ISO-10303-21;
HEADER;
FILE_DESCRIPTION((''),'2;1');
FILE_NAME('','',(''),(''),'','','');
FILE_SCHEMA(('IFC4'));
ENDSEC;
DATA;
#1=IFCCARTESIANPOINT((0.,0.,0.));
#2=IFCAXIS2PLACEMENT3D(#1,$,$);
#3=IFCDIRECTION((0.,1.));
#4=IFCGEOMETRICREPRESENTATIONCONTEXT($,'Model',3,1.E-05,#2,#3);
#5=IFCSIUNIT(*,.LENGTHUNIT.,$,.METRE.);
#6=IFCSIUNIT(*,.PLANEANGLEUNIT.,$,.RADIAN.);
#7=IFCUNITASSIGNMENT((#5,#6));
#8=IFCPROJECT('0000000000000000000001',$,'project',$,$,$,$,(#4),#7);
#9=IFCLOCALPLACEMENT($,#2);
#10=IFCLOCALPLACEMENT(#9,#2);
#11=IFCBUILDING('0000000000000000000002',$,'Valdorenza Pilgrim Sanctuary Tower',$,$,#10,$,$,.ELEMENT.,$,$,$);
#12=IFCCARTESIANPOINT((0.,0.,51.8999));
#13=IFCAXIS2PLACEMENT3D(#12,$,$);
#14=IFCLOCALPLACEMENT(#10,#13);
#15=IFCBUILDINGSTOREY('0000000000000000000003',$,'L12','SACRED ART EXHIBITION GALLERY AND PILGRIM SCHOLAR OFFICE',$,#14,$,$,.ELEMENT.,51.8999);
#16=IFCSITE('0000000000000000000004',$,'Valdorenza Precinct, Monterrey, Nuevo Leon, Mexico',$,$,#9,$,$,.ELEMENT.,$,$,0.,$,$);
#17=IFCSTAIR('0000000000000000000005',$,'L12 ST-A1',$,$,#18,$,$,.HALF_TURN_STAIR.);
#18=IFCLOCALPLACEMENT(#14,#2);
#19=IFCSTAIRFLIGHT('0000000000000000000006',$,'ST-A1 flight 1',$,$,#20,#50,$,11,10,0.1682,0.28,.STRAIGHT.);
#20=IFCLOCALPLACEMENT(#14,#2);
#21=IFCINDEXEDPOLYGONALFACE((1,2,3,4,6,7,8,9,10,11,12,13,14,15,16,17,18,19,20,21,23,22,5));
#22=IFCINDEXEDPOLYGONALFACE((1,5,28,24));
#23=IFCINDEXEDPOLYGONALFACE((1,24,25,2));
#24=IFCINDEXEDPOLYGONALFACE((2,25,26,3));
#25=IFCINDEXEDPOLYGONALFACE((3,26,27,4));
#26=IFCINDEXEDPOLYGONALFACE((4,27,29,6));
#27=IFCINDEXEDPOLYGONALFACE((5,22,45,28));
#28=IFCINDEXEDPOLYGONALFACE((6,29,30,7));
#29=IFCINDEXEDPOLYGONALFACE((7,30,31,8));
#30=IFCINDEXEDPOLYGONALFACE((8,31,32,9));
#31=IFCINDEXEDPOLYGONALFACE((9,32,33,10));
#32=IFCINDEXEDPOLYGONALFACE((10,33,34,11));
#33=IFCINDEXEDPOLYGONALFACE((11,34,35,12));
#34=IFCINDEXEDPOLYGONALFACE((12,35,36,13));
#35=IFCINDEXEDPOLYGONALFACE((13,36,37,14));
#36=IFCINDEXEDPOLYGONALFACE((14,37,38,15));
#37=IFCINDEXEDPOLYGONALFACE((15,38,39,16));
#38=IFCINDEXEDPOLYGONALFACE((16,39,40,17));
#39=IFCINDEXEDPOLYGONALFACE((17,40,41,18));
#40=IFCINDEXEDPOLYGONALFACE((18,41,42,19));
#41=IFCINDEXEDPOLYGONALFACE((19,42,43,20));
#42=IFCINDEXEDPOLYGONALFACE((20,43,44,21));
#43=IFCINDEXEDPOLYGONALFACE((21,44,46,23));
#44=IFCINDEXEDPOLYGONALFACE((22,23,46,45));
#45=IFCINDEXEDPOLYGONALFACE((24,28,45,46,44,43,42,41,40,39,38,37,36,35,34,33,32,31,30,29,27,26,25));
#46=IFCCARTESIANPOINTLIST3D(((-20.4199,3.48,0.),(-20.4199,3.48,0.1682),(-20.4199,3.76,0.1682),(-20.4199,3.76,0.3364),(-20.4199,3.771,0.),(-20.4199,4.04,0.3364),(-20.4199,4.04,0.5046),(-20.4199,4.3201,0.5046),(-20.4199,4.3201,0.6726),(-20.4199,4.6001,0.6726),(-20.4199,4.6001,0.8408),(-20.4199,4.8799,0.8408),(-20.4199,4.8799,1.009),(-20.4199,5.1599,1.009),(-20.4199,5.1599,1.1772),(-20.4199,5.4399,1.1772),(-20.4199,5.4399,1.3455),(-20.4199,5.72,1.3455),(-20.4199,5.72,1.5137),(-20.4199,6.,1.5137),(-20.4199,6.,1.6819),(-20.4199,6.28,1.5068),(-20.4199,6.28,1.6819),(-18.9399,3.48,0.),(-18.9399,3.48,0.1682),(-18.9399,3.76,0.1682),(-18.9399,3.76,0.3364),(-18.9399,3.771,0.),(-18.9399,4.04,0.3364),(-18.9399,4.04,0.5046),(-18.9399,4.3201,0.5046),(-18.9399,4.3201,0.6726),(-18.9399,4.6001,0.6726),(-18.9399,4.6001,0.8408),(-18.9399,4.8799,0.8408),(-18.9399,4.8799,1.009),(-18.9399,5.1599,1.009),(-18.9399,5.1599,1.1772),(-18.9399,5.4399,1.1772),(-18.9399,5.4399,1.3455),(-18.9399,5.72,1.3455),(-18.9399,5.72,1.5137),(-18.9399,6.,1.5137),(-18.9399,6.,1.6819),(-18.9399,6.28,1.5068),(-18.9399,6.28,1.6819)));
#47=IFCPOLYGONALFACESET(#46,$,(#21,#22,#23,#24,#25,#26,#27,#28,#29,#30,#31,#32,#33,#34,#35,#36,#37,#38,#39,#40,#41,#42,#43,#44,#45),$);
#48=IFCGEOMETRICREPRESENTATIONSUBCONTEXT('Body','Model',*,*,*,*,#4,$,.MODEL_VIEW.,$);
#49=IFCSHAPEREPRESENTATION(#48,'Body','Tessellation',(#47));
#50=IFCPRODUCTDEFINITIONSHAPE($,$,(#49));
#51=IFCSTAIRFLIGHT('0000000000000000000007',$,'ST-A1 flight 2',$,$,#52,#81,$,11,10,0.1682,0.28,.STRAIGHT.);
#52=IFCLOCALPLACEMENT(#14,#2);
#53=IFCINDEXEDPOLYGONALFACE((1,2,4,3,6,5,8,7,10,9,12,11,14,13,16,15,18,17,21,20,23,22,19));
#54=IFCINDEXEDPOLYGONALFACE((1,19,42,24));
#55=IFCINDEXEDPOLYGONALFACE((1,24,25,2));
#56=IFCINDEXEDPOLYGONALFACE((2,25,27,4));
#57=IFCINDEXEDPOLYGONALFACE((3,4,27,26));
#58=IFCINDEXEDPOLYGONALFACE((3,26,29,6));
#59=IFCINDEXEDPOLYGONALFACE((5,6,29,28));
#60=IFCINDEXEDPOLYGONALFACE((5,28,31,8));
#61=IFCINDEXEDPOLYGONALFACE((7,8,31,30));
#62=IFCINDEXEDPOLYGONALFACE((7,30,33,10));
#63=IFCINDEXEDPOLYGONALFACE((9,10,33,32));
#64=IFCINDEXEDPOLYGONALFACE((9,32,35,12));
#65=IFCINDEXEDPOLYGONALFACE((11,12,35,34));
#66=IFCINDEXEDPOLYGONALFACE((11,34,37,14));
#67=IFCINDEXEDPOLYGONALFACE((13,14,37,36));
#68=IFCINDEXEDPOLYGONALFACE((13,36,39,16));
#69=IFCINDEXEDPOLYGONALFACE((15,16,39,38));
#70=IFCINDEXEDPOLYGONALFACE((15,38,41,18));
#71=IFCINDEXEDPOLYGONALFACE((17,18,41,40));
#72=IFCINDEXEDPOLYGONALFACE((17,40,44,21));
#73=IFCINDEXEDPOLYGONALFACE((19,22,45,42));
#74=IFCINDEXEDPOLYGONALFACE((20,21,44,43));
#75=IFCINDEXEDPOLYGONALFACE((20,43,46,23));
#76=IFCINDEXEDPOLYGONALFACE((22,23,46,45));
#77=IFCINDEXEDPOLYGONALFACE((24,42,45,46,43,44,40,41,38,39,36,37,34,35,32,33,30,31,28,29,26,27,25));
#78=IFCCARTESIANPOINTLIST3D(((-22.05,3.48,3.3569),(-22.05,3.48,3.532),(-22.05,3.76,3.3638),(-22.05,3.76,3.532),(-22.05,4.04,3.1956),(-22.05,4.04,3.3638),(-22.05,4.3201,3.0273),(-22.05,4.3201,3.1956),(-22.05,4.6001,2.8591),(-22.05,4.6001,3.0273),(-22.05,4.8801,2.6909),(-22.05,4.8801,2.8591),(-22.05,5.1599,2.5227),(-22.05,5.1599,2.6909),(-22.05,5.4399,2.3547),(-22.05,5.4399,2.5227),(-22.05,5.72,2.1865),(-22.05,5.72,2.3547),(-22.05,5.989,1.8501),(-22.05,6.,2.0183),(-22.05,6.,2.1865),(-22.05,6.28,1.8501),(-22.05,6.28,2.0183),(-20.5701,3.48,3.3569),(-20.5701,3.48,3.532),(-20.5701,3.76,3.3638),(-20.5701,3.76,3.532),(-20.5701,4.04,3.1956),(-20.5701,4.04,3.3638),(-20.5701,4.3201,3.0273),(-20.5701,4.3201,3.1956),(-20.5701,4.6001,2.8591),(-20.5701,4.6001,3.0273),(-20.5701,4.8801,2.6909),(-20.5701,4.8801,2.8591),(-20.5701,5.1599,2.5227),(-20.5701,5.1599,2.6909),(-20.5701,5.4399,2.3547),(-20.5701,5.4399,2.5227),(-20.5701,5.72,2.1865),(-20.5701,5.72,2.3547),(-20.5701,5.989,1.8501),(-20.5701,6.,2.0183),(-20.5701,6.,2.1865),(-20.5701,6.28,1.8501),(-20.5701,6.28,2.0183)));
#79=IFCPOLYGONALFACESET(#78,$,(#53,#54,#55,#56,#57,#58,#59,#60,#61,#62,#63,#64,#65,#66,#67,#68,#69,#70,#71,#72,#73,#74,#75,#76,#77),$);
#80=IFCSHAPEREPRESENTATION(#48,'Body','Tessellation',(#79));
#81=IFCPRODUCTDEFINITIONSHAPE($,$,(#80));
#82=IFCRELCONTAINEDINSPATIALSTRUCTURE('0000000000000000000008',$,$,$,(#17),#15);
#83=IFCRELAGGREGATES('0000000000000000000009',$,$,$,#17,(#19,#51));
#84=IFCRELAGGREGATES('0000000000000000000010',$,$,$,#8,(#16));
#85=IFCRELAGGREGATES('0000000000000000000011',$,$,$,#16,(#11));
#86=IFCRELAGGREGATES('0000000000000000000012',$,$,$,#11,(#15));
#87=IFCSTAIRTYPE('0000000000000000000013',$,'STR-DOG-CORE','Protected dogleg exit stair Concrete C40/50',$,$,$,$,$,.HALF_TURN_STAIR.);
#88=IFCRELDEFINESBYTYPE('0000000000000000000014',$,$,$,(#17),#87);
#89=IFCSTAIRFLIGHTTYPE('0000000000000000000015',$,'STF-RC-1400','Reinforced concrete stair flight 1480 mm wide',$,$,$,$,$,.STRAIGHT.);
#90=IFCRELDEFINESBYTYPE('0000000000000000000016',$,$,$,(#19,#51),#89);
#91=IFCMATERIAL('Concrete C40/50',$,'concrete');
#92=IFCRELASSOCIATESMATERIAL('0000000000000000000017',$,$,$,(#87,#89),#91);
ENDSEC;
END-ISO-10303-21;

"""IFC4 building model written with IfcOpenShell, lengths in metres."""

from ifc_helpers import new_model, si_unit, direction, frame, origin, place, context, subcontext, project, spatial, polyline, outline, extrude, material, type_object, element, aggregate, save


model = new_model("IFC4")

# Units and contexts
model_context = context("Model", 3, precision=1e-05, world=origin(), true_north=direction((0.0, 1.0)))
body_context = subcontext(model_context, "Body", "Model", "MODEL_VIEW")
ifc_project = project(units=[si_unit("LENGTHUNIT", "METRE"), si_unit("PLANEANGLEUNIT", "RADIAN")], contexts=[model_context])

# Site, building, storey
site_placement = place(None, origin())
site = spatial("IfcSite", under=ifc_project, at=site_placement, Name="Valdorenza Precinct, Monterrey, Nuevo Leon, Mexico", CompositionType="ELEMENT", RefElevation=0.0)
building_placement = place(site_placement, origin())
building = spatial("IfcBuilding", under=site, at=building_placement, Name="Valdorenza Pilgrim Sanctuary Tower", CompositionType="ELEMENT")
storey_placement = place(building_placement, frame((0.0, 0.0, 51.8999)))
storey = spatial("IfcBuildingStorey", under=building, at=storey_placement, Name="L12", Description="SACRED ART EXHIBITION GALLERY AND PILGRIM SCHOLAR OFFICE", CompositionType="ELEMENT", Elevation=51.8999)

# Shared definitions
ifc_material_1 = material(Name="Concrete C40/50", Category="concrete")

# Stair, stair flights
stair_type = type_object("IfcStairType", Name="STR-DOG-CORE", Description="Protected dogleg exit stair Concrete C40/50", PredefinedType="HALF_TURN_STAIR", material=ifc_material_1)
stair_placement = place(storey_placement, origin())
stair = element("IfcStair", 1, at=stair_placement, inside=storey, type_object=stair_type, Name="L12 ST-A1", PredefinedType="HALF_TURN_STAIR")
stair_flight_type = type_object("IfcStairFlightType", Name="STF-RC-1400", Description="Reinforced concrete stair flight 1480 mm wide", PredefinedType="STRAIGHT", material=ifc_material_1)
stair_flight_1_placement = place(storey_placement, frame((-19.6799, 3.48, 0.0), z_axis=(0.0, 0.0, 1.0), x_axis=(0.0, 1.0, 0.0)))
stair_flight_1 = element("IfcStairFlight", 2, at=stair_flight_1_placement, type_object=stair_flight_type, Name="ST-A1 flight 1", NumberOfRisers=11, NumberOfTreads=10, PredefinedType="STRAIGHT", RiserHeight=0.1682, TreadLength=0.28, context=body_context, shape_type="SweptSolid", body=[
    extrude(outline(polyline([(0.0, 0.0), (0.0, 0.1682), (0.28, 0.1682), (0.28, 0.3364), (0.5601, 0.3364), (0.5601, 0.5046), (0.8401, 0.5046), (0.8401, 0.6726), (1.1201, 0.6726), (1.1201, 0.8408), (1.3999, 0.8408), (1.3999, 1.009), (1.6799, 1.009), (1.6799, 1.1772), (1.96, 1.1772), (1.96, 1.3455), (2.24, 1.3455), (2.24, 1.5137), (2.52, 1.5137), (2.52, 1.6819), (2.8, 1.6819), (2.8, 1.8501), (2.8, 1.5068), (0.291, 0.0), (0.0, 0.0)])), frame((0.0, 0.74, 0.0), z_axis=(0.0, -1.0, 0.0), x_axis=(1.0, 0.0, 0.0)), (0.0, 0.0, 1.0), 1.48),
])
stair_flight_2_placement = place(storey_placement, frame((-21.3101, 6.28, 1.8501), z_axis=(0.0, 0.0, 1.0), x_axis=(0.0, -1.0, 0.0)))
stair_flight_2 = element("IfcStairFlight", 3, at=stair_flight_2_placement, type_object=stair_flight_type, Name="ST-A1 flight 2", NumberOfRisers=11, NumberOfTreads=10, PredefinedType="STRAIGHT", RiserHeight=0.1682, TreadLength=0.28, context=body_context, shape_type="SweptSolid", body=[
    extrude(outline(polyline([(0.0, 0.0), (0.0, 0.1682), (0.28, 0.1682), (0.28, 0.3364), (0.5601, 0.3364), (0.5601, 0.5046), (0.8401, 0.5046), (0.8401, 0.6726), (1.1201, 0.6726), (1.1201, 0.8408), (1.3999, 0.8408), (1.3999, 1.009), (1.6799, 1.009), (1.6799, 1.1772), (1.96, 1.1772), (1.96, 1.3455), (2.24, 1.3455), (2.24, 1.5137), (2.52, 1.5137), (2.52, 1.6819), (2.8, 1.6819), (2.8, 1.8501), (2.8, 1.5068), (0.291, 0.0), (0.0, 0.0)])), frame((0.0, 0.74, 0.0), z_axis=(0.0, -1.0, 0.0), x_axis=(1.0, 0.0, 0.0)), (0.0, 0.0, 1.0), 1.48),
])
aggregate(stair, [stair_flight_1, stair_flight_2])

save(model, "model.ifc")
